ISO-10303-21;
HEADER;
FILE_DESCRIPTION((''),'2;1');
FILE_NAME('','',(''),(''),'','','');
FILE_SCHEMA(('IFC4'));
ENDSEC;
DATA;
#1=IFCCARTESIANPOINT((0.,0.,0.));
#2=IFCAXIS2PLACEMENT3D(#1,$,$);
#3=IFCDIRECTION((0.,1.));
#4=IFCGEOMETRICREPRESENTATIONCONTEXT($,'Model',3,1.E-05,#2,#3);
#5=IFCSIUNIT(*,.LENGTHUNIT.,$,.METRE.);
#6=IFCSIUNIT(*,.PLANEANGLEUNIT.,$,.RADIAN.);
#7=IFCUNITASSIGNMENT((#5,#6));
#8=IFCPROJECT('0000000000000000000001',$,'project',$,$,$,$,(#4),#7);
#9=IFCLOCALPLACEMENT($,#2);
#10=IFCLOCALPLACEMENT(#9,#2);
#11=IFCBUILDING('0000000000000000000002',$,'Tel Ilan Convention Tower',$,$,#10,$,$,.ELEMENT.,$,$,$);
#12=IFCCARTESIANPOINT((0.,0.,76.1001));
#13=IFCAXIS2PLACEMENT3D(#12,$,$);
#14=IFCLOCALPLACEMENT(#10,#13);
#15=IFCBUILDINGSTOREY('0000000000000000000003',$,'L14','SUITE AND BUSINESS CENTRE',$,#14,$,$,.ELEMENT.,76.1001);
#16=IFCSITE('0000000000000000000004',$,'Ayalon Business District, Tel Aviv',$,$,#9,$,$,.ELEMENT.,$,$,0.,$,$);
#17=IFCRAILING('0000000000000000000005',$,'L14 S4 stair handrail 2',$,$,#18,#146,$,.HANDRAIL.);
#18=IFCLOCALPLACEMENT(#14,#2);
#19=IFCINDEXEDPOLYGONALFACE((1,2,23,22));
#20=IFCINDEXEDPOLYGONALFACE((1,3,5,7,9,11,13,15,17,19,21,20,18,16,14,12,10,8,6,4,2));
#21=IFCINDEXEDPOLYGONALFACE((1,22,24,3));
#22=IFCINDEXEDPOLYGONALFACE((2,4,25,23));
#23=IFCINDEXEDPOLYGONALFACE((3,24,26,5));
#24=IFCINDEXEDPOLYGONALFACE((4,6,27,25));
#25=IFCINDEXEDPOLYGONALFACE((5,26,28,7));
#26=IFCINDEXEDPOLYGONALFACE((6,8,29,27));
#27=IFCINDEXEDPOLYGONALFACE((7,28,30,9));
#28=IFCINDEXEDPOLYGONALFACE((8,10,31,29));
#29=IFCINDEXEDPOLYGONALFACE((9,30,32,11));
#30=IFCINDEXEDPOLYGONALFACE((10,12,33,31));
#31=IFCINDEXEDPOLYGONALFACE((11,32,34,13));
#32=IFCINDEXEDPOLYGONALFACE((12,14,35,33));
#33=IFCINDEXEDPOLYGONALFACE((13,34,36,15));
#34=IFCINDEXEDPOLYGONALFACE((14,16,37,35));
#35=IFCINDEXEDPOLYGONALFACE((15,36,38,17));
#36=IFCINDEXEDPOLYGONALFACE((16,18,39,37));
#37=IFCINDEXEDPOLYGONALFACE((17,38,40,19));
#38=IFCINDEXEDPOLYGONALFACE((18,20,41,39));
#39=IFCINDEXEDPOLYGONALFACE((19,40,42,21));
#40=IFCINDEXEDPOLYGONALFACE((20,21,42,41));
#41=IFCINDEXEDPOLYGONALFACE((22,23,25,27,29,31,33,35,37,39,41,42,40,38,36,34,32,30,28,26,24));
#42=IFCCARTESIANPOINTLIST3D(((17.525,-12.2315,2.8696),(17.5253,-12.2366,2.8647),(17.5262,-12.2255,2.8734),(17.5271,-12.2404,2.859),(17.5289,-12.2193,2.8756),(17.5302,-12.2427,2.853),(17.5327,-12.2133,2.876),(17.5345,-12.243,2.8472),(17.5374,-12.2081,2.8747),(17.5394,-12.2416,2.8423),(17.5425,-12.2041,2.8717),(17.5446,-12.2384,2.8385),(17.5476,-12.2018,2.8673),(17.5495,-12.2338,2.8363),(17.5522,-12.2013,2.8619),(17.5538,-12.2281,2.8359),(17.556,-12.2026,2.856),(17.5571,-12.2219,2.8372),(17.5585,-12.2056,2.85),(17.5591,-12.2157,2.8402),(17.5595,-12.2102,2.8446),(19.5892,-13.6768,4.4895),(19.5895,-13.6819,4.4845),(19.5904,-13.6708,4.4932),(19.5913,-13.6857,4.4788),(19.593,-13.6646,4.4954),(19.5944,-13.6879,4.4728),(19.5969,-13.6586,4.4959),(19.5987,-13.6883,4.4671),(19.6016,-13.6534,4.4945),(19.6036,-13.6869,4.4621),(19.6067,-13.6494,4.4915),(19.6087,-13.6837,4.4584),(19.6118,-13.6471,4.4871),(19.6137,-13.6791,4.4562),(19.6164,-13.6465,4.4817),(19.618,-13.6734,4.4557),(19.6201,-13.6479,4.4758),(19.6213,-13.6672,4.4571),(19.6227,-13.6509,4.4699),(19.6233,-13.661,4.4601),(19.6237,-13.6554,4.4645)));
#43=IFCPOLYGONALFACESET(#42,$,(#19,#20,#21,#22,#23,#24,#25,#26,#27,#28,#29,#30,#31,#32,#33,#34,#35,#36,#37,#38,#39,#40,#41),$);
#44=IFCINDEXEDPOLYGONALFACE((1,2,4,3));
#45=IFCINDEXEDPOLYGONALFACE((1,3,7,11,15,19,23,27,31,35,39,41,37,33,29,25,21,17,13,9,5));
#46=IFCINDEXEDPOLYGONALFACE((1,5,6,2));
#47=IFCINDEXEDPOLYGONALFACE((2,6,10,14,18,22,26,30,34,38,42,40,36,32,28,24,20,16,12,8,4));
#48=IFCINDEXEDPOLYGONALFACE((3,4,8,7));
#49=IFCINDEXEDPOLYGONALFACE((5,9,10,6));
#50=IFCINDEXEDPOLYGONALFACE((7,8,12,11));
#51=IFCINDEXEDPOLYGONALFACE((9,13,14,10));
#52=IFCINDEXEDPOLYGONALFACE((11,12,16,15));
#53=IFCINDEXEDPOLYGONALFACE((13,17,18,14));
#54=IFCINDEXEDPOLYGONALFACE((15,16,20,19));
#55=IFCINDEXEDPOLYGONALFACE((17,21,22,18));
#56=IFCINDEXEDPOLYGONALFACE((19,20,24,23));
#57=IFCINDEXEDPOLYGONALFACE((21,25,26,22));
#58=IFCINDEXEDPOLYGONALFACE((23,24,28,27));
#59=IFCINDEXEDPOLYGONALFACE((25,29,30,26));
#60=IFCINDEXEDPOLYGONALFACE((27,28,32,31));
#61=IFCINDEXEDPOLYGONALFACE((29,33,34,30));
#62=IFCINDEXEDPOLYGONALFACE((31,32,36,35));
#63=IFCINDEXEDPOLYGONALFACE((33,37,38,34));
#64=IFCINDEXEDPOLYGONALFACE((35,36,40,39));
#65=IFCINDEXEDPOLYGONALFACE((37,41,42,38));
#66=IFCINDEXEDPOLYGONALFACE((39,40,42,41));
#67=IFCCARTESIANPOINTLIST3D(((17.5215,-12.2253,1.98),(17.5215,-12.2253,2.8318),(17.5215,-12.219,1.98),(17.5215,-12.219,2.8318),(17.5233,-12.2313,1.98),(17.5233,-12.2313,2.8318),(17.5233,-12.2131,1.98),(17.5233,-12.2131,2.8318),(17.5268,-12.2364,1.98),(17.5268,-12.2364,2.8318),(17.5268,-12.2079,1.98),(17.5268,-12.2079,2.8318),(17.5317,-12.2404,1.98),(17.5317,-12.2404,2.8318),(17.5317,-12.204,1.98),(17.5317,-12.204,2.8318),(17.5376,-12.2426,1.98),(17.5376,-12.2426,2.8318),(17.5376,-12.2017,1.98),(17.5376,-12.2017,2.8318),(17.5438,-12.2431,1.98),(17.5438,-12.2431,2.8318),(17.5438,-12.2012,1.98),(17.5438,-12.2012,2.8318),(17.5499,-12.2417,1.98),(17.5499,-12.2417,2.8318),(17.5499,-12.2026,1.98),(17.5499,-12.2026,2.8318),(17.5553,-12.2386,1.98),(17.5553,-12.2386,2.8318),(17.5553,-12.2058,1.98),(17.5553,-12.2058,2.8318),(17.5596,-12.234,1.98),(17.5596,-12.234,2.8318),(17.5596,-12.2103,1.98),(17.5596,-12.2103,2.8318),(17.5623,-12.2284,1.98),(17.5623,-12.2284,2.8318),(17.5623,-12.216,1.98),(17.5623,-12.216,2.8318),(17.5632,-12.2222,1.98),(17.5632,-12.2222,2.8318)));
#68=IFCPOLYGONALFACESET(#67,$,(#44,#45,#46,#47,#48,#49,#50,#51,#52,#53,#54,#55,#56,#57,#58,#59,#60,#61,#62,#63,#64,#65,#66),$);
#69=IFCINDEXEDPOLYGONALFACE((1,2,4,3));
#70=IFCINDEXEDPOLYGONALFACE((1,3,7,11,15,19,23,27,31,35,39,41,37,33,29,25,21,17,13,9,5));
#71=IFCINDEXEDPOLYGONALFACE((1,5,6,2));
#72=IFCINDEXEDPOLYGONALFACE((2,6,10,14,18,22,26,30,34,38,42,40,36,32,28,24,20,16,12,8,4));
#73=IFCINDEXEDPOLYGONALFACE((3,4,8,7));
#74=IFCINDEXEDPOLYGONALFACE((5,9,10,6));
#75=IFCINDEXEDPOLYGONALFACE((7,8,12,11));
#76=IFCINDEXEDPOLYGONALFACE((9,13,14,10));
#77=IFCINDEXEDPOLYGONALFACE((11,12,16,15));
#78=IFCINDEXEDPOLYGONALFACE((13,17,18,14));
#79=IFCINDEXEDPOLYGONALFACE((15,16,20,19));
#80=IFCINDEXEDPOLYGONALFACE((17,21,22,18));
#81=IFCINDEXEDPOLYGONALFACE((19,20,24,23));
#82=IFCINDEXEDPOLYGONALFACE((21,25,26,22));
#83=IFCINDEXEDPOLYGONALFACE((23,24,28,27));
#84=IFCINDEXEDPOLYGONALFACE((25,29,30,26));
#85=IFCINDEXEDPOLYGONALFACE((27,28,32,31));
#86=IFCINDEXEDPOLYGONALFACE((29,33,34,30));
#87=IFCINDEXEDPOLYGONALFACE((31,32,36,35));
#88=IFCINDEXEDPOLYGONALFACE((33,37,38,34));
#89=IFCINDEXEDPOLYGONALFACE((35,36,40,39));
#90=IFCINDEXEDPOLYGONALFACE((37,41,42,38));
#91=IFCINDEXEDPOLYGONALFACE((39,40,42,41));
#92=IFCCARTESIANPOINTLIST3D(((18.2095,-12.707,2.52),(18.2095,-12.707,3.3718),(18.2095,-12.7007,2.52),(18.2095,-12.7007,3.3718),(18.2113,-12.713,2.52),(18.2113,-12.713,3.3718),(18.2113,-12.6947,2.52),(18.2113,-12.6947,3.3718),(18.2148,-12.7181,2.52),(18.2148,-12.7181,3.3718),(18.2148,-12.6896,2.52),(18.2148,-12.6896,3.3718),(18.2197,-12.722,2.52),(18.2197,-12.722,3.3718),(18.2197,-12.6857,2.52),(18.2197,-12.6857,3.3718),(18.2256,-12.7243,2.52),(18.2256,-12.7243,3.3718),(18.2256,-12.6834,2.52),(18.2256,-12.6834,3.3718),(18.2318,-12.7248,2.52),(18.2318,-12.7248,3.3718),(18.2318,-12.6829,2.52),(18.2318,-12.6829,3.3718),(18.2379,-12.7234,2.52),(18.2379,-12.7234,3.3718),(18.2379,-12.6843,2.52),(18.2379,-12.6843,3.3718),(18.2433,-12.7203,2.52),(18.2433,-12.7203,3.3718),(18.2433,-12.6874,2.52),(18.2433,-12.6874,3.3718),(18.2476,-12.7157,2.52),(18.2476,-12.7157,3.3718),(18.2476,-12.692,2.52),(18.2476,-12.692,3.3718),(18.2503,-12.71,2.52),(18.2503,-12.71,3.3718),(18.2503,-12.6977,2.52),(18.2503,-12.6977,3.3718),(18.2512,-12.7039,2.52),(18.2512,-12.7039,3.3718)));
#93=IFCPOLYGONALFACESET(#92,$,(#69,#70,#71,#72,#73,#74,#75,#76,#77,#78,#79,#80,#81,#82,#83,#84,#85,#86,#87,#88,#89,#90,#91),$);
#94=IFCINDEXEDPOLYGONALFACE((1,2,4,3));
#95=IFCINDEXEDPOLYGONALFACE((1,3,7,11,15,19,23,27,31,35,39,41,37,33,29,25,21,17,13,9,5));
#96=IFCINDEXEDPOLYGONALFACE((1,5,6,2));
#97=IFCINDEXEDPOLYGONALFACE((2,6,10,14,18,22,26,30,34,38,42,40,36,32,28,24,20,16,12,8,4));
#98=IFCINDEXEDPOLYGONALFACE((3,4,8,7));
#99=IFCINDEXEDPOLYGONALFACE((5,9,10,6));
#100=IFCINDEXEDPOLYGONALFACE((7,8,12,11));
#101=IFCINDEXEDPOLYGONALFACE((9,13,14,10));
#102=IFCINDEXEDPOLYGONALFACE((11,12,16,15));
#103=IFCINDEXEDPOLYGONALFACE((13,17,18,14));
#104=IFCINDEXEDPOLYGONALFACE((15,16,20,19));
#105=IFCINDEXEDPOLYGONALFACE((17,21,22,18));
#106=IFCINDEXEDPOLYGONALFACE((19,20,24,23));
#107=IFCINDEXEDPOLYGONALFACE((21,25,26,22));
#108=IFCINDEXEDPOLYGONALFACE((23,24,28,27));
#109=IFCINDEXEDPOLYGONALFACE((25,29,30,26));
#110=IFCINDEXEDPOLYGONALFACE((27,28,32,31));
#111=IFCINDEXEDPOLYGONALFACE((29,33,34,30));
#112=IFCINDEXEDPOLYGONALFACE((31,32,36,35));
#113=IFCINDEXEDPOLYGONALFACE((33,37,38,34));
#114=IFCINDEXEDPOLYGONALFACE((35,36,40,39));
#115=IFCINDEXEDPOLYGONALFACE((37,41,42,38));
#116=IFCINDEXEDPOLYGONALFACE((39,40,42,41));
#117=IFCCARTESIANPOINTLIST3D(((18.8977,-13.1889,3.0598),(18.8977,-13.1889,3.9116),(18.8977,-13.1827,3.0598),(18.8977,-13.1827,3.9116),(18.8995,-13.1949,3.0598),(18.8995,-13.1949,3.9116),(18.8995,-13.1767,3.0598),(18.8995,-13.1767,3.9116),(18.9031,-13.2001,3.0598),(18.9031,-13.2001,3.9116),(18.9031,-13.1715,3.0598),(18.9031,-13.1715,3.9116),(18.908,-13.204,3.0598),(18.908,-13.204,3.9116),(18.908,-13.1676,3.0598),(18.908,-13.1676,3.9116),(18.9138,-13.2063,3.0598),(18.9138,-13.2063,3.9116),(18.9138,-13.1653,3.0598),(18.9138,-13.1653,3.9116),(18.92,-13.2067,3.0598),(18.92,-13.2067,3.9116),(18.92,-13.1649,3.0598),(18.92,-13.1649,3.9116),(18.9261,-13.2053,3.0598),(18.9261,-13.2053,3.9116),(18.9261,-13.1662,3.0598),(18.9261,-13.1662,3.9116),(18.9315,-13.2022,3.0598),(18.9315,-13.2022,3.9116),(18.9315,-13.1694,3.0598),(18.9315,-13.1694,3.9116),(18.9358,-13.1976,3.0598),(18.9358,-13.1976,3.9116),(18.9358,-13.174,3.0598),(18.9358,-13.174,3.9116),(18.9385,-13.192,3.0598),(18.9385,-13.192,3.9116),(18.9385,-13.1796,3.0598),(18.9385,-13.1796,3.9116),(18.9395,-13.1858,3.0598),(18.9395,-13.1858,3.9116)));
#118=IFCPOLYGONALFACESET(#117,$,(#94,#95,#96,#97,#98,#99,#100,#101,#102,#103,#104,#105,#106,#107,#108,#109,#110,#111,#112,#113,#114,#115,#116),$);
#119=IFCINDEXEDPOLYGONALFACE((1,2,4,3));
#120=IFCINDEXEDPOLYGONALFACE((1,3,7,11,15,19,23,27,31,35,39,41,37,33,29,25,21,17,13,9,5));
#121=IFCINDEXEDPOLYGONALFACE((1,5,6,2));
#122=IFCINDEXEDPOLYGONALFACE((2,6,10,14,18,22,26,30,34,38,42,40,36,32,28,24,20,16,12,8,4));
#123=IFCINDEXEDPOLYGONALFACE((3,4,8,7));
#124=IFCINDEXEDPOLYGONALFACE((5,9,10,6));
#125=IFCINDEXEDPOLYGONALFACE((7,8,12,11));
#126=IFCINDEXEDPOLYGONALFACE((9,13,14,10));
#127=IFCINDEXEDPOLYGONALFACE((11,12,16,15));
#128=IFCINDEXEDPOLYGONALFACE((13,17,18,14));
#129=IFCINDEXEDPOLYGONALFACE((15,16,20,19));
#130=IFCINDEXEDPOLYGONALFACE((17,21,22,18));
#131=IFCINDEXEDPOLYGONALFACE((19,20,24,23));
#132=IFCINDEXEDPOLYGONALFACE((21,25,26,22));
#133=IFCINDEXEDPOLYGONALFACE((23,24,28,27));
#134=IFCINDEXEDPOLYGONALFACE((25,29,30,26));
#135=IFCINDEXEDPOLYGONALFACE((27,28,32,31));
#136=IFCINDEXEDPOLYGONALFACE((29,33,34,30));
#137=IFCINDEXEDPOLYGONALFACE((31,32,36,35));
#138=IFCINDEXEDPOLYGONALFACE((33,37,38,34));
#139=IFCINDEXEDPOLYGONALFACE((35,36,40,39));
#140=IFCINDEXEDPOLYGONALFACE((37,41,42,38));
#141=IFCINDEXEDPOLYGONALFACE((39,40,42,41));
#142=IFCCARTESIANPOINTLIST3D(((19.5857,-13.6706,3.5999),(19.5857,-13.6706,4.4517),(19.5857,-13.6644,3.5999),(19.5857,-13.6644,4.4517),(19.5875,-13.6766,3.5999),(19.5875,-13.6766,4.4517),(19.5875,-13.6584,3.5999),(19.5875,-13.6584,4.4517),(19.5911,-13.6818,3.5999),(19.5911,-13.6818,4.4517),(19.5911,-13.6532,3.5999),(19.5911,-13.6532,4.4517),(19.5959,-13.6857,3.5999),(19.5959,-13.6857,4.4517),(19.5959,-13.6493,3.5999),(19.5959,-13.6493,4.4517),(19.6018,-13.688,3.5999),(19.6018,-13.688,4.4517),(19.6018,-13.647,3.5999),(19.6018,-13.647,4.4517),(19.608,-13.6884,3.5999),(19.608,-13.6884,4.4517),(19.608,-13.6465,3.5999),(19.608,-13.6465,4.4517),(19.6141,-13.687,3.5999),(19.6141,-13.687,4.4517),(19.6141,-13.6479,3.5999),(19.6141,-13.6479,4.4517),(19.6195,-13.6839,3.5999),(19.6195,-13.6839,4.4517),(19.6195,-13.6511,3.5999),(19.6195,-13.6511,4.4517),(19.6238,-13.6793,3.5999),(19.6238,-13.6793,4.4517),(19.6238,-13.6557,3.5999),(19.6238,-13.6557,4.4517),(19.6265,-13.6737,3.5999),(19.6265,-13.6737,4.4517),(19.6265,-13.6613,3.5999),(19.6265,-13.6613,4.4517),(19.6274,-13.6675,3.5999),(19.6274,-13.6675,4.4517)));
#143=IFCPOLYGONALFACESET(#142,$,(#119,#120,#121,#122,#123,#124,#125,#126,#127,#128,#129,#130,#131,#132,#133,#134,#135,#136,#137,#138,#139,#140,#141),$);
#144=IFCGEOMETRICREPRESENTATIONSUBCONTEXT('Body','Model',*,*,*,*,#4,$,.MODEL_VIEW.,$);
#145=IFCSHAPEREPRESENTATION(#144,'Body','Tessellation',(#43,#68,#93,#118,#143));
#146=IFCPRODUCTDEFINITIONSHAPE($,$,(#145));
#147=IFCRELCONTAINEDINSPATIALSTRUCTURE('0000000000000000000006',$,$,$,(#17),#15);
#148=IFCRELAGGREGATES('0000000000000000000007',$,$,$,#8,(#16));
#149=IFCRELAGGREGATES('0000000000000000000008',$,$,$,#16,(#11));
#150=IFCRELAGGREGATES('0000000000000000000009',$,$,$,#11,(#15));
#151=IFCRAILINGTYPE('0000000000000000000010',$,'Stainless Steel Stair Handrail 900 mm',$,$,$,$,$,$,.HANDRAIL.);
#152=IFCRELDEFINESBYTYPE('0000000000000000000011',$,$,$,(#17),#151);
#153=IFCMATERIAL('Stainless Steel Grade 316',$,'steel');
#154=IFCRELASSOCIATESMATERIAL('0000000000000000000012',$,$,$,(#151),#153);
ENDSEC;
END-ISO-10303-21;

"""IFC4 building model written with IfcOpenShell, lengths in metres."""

from ifc_helpers import new_model, si_unit, direction, frame, origin, origin_2d, place, context, subcontext, project, spatial, circle, extrude, material, type_object, element, save


model = new_model("IFC4")

# Units and contexts
model_context = context("Model", 3, precision=1e-05, world=origin(), true_north=direction((0.0, 1.0)))
body_context = subcontext(model_context, "Body", "Model", "MODEL_VIEW")
ifc_project = project(units=[si_unit("LENGTHUNIT", "METRE"), si_unit("PLANEANGLEUNIT", "RADIAN")], contexts=[model_context])

# Site, building, storey
site_placement = place(None, origin())
site = spatial("IfcSite", under=ifc_project, at=site_placement, Name="Ayalon Business District, Tel Aviv", CompositionType="ELEMENT", RefElevation=0.0)
building_placement = place(site_placement, origin())
building = spatial("IfcBuilding", under=site, at=building_placement, Name="Tel Ilan Convention Tower", CompositionType="ELEMENT")
storey_placement = place(building_placement, frame((0.0, 0.0, 76.1001)))
storey = spatial("IfcBuildingStorey", under=building, at=storey_placement, Name="L14", Description="SUITE AND BUSINESS CENTRE", CompositionType="ELEMENT", Elevation=76.1001)

# Railing
ifc_material_1 = material(Name="Stainless Steel Grade 316", Category="steel")
railing_type_1 = type_object("IfcRailingType", Name="Stainless Steel Stair Handrail 900 mm", PredefinedType="HANDRAIL", material=ifc_material_1)
railing_1_placement = place(storey_placement, frame((17.5422, -12.2222, 1.98)))
element("IfcRailing", 1, at=railing_1_placement, inside=storey, type_object=railing_type_1, Name="L14 S4 stair handrail 2", PredefinedType="HANDRAIL", context=body_context, shape_type="SweptSolid", body=[
    extrude(circle(Radius=0.0239, at=origin_2d()), frame((0.0, 0.0, 0.876), z_axis=(0.68907, -0.482472, 0.540743), x_axis=(0.57356, 0.819164, 0.0)), (0.0, 0.0, 1.0), 2.9956),
    extrude(circle(Radius=0.021, at=origin_2d()), origin(), (0.0, 0.0, 1.0), 0.8518),
    extrude(circle(Radius=0.021, at=origin_2d()), frame((0.688, -0.4817, 0.54)), (0.0, 0.0, 1.0), 0.8518),
    extrude(circle(Radius=0.021, at=origin_2d()), frame((1.3762, -0.9636, 1.0798)), (0.0, 0.0, 1.0), 0.8518),
    extrude(circle(Radius=0.021, at=origin_2d()), frame((2.0642, -1.4453, 1.6199)), (0.0, 0.0, 1.0), 0.8518),
])

save(model, "model.ifc")
